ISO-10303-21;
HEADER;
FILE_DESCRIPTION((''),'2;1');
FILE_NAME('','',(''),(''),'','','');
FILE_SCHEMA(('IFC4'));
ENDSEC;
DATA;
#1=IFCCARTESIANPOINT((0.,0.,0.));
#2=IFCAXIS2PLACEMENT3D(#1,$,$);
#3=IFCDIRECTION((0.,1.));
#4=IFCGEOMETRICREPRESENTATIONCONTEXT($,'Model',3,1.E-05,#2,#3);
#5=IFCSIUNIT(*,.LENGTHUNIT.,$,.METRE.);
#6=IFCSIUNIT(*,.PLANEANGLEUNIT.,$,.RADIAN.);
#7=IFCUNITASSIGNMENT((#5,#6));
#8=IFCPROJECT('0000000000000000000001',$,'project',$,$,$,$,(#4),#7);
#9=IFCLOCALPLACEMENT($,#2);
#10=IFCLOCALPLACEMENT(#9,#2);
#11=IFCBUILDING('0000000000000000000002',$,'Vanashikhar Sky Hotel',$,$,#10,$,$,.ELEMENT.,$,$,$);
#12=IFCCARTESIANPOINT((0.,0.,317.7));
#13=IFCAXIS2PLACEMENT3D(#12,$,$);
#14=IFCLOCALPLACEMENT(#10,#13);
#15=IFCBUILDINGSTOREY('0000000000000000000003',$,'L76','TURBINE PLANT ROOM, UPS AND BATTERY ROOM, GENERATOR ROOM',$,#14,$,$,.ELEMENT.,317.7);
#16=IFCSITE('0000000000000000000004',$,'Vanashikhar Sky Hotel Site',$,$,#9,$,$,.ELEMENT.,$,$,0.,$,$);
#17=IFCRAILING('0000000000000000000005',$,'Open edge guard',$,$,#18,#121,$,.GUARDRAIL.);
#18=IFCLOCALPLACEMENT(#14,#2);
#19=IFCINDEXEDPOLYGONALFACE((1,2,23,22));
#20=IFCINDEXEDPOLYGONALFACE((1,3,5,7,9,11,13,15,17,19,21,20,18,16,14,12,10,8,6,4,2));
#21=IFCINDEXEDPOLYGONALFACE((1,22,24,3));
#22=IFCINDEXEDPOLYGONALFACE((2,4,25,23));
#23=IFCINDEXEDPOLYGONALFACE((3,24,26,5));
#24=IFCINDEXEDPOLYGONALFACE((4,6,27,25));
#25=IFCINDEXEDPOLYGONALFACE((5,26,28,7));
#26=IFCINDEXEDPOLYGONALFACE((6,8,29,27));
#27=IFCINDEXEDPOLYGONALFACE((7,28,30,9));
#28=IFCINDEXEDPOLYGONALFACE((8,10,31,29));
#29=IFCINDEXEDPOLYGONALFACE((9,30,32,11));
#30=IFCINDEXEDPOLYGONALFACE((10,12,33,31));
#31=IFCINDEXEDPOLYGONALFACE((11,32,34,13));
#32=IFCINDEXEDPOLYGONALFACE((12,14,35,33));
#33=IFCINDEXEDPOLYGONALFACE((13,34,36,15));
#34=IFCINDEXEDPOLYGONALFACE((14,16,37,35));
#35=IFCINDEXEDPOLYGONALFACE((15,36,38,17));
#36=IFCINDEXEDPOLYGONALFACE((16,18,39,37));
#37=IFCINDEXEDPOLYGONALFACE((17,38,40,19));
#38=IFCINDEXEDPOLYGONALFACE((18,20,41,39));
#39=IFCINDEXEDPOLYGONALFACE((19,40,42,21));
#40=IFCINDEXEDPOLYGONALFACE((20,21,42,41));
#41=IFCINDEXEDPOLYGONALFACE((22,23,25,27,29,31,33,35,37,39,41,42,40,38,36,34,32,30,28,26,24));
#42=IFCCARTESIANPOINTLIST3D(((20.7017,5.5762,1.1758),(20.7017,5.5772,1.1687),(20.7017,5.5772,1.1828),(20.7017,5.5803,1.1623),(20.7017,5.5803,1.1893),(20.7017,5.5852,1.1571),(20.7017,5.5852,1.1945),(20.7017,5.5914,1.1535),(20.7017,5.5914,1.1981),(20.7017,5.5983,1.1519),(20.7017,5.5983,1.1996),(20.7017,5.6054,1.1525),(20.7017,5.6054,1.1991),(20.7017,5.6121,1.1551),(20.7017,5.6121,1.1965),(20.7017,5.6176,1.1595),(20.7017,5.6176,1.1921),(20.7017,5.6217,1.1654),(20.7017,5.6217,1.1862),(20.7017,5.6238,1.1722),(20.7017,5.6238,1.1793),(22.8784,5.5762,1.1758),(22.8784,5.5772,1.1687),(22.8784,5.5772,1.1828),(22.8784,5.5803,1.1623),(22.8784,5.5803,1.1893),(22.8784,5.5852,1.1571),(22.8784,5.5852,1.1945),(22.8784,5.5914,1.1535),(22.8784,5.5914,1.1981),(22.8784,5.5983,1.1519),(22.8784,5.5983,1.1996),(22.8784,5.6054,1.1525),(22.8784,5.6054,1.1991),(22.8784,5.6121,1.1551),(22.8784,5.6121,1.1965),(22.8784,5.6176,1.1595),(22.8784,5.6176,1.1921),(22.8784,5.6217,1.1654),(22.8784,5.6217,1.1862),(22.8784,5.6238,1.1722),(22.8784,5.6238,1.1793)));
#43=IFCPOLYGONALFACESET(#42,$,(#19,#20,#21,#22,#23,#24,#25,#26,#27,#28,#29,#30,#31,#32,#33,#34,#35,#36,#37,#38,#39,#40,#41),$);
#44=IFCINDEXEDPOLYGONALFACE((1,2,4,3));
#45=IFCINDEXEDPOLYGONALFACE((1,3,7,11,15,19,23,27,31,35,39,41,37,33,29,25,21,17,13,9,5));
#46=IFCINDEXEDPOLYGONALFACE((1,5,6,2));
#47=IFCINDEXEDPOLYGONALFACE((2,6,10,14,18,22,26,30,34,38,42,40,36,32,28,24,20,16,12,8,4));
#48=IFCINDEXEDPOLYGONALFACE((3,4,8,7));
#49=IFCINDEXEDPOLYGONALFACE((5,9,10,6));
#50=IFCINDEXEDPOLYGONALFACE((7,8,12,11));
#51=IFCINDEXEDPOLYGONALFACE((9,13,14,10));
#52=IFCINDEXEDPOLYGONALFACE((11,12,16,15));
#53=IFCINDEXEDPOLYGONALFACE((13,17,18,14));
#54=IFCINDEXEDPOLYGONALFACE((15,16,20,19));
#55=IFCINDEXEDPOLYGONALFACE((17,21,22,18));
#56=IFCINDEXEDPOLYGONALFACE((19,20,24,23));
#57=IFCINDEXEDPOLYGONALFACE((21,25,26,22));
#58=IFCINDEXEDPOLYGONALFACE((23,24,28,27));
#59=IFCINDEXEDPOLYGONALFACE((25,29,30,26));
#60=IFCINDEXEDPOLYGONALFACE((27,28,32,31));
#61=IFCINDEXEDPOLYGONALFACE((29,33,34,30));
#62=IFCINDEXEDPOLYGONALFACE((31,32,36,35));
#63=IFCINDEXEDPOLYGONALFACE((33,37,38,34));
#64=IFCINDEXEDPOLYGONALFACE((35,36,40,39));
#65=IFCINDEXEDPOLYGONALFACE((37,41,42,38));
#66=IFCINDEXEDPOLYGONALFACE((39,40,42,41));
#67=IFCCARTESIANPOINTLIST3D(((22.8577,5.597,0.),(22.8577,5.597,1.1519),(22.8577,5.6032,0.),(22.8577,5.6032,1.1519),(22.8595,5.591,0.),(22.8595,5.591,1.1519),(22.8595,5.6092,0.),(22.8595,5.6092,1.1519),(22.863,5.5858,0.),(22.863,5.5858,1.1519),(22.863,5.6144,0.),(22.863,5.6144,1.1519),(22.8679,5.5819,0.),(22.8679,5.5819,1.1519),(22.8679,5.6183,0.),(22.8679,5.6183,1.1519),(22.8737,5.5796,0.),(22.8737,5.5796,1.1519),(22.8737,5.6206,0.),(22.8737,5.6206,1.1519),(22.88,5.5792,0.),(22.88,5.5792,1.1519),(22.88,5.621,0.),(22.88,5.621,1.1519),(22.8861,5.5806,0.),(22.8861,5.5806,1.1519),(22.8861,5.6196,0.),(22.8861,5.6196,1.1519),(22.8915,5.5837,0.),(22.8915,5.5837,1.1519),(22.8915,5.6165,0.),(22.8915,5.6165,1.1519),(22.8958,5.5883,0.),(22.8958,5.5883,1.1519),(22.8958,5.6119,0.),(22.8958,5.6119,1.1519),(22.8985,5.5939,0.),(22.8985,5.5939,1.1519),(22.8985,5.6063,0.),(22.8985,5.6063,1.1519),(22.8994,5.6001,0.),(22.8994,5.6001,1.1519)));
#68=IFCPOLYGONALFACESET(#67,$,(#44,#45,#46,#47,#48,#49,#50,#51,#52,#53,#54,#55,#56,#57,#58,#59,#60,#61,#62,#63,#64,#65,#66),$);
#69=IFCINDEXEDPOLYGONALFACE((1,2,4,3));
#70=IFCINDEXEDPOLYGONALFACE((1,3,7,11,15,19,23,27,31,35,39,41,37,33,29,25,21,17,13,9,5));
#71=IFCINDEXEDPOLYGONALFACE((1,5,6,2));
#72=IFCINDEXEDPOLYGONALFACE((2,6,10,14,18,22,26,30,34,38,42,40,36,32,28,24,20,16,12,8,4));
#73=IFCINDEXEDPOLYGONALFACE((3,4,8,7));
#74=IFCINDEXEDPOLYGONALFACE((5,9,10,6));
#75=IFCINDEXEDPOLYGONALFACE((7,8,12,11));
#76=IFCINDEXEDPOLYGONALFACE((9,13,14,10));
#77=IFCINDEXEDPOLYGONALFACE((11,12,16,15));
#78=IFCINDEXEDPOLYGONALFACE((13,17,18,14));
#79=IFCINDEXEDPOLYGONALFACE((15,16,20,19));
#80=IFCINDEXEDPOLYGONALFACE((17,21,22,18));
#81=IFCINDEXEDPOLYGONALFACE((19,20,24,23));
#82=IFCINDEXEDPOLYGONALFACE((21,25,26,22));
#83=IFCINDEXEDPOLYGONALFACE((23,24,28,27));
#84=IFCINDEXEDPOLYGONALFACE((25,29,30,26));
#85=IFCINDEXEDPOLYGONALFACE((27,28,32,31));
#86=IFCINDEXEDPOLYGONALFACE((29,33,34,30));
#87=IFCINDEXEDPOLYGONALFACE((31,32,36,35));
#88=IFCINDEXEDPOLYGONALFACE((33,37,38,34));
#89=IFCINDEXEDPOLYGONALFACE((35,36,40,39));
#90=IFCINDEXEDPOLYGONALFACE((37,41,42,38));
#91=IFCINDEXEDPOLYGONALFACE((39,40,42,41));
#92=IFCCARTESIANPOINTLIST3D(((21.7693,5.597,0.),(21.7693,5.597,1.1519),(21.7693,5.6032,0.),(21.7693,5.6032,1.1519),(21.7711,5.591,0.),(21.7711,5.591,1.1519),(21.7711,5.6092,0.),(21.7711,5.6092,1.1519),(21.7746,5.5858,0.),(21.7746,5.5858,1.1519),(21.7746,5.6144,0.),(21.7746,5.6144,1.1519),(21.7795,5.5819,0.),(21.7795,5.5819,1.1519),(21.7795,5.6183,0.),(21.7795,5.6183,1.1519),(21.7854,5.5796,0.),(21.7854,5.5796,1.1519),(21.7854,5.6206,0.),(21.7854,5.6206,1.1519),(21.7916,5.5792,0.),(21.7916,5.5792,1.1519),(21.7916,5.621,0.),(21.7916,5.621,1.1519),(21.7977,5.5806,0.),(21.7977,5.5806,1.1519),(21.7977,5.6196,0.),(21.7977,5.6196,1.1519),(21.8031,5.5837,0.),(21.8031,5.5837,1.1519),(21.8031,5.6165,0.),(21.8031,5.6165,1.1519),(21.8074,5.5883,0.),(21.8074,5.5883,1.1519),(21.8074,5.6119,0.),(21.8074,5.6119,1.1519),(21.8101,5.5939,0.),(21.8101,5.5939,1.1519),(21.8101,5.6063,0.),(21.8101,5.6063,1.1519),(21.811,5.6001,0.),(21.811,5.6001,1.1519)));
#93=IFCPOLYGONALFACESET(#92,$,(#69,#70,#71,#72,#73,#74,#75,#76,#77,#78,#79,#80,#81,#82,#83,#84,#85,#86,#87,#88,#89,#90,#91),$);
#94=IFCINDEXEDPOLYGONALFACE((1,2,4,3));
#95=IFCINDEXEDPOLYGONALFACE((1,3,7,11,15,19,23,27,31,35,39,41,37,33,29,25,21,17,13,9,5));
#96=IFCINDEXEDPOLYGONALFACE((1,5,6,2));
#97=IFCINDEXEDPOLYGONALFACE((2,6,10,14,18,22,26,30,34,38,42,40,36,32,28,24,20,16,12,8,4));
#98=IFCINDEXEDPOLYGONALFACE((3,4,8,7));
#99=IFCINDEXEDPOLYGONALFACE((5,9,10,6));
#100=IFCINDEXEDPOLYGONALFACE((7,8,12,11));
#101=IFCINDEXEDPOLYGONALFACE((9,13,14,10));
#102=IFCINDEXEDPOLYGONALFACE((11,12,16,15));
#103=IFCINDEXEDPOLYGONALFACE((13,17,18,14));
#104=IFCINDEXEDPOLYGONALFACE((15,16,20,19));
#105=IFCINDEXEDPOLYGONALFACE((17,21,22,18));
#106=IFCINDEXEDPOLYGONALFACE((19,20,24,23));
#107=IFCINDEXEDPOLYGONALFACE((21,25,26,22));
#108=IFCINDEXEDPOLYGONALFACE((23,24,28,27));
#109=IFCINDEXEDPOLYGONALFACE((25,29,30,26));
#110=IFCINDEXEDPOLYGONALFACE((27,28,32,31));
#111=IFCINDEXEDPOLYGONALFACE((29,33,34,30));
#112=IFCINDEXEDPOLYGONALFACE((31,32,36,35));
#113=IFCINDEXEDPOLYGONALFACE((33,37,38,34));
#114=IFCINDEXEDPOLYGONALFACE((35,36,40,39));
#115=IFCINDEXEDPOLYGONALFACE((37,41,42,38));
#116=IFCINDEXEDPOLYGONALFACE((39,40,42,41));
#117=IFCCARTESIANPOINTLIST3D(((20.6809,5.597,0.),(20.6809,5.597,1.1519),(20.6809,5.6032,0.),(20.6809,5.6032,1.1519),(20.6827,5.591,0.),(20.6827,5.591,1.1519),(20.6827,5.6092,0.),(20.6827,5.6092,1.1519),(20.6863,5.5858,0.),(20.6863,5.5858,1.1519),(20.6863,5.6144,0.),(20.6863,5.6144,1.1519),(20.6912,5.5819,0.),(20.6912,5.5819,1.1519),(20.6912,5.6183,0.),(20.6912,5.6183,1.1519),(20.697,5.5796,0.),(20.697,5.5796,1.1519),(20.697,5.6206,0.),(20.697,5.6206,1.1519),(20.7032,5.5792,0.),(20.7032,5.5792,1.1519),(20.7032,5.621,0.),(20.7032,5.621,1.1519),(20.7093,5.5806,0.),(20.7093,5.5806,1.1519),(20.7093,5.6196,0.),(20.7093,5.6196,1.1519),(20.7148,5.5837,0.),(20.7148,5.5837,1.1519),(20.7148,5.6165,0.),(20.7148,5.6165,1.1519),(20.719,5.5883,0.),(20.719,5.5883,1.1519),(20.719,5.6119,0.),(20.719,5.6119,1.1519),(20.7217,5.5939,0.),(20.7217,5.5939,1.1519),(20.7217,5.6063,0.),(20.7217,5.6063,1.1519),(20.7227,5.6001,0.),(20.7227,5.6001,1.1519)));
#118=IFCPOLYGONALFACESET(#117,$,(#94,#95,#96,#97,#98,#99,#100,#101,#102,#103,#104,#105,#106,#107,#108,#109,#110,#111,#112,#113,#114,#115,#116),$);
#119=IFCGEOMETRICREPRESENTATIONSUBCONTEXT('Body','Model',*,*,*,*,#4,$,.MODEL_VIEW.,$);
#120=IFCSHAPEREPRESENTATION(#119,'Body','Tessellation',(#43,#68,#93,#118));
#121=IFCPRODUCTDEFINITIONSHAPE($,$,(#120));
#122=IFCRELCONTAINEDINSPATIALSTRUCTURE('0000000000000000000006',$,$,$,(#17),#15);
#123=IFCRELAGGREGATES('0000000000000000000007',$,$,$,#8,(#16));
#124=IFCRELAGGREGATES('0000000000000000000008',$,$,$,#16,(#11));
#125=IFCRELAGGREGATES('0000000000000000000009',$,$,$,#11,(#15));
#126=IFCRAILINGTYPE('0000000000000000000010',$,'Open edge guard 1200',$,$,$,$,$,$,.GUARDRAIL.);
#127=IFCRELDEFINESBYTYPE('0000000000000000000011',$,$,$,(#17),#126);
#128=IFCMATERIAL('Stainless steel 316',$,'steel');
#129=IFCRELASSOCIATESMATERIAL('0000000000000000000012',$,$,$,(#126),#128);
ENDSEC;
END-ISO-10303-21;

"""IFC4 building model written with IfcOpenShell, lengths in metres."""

from ifc_helpers import new_model, si_unit, direction, frame, origin, origin_2d, place, context, subcontext, project, spatial, circle, extrude, source, transform, mapped, material, type_object, element, save


model = new_model("IFC4")

# Units and contexts
model_context = context("Model", 3, precision=1e-05, world=origin(), true_north=direction((0.0, 1.0)))
body_context = subcontext(model_context, "Body", "Model", "MODEL_VIEW")
ifc_project = project(units=[si_unit("LENGTHUNIT", "METRE"), si_unit("PLANEANGLEUNIT", "RADIAN")], contexts=[model_context])

# Site, building, storey
site_placement = place(None, origin())
site = spatial("IfcSite", under=ifc_project, at=site_placement, Name="Vanashikhar Sky Hotel Site", CompositionType="ELEMENT", RefElevation=0.0)
building_placement = place(site_placement, origin())
building = spatial("IfcBuilding", under=site, at=building_placement, Name="Vanashikhar Sky Hotel", CompositionType="ELEMENT")
storey_placement = place(building_placement, frame((0.0, 0.0, 317.7)))
storey = spatial("IfcBuildingStorey", under=building, at=storey_placement, Name="L76", Description="TURBINE PLANT ROOM, UPS AND BATTERY ROOM, GENERATOR ROOM", CompositionType="ELEMENT", Elevation=317.7)

# Railing
ifc_material_1 = material(Name="Stainless steel 316", Category="steel")
railing_type = type_object("IfcRailingType", Name="Open edge guard 1200", PredefinedType="GUARDRAIL", material=ifc_material_1)
shared_shape_1 = source(origin(), body_context, "Body", "SweptSolid", [
    extrude(circle(Radius=0.0239, at=origin_2d()), frame((0.0, 0.0, 1.1758), z_axis=(-1.0, 0.0, 0.0), x_axis=(0.0, -1.0, 0.0)), (0.0, 0.0, 1.0), 2.1768),
    extrude(circle(Radius=0.021, at=origin_2d()), origin(), (0.0, 0.0, 1.0), 1.1519),
    extrude(circle(Radius=0.021, at=origin_2d()), frame((-1.0884, 0.0, 0.0)), (0.0, 0.0, 1.0), 1.1519),
    extrude(circle(Radius=0.021, at=origin_2d()), frame((-2.1768, 0.0, 0.0)), (0.0, 0.0, 1.0), 1.1519),
])
for number, where, name in (
    (1, (22.8784, 5.6001, 0.0), "Open edge guard"),
):
    element("IfcRailing", number, at=place(storey_placement, frame(where)), inside=storey, type_object=railing_type, Name=name, PredefinedType="GUARDRAIL", context=body_context, shape_type="MappedRepresentation", body=[
        mapped(shared_shape_1, transform((0.0, 0.0, 0.0), scale=1.0)),
    ])

save(model, "model.ifc")
